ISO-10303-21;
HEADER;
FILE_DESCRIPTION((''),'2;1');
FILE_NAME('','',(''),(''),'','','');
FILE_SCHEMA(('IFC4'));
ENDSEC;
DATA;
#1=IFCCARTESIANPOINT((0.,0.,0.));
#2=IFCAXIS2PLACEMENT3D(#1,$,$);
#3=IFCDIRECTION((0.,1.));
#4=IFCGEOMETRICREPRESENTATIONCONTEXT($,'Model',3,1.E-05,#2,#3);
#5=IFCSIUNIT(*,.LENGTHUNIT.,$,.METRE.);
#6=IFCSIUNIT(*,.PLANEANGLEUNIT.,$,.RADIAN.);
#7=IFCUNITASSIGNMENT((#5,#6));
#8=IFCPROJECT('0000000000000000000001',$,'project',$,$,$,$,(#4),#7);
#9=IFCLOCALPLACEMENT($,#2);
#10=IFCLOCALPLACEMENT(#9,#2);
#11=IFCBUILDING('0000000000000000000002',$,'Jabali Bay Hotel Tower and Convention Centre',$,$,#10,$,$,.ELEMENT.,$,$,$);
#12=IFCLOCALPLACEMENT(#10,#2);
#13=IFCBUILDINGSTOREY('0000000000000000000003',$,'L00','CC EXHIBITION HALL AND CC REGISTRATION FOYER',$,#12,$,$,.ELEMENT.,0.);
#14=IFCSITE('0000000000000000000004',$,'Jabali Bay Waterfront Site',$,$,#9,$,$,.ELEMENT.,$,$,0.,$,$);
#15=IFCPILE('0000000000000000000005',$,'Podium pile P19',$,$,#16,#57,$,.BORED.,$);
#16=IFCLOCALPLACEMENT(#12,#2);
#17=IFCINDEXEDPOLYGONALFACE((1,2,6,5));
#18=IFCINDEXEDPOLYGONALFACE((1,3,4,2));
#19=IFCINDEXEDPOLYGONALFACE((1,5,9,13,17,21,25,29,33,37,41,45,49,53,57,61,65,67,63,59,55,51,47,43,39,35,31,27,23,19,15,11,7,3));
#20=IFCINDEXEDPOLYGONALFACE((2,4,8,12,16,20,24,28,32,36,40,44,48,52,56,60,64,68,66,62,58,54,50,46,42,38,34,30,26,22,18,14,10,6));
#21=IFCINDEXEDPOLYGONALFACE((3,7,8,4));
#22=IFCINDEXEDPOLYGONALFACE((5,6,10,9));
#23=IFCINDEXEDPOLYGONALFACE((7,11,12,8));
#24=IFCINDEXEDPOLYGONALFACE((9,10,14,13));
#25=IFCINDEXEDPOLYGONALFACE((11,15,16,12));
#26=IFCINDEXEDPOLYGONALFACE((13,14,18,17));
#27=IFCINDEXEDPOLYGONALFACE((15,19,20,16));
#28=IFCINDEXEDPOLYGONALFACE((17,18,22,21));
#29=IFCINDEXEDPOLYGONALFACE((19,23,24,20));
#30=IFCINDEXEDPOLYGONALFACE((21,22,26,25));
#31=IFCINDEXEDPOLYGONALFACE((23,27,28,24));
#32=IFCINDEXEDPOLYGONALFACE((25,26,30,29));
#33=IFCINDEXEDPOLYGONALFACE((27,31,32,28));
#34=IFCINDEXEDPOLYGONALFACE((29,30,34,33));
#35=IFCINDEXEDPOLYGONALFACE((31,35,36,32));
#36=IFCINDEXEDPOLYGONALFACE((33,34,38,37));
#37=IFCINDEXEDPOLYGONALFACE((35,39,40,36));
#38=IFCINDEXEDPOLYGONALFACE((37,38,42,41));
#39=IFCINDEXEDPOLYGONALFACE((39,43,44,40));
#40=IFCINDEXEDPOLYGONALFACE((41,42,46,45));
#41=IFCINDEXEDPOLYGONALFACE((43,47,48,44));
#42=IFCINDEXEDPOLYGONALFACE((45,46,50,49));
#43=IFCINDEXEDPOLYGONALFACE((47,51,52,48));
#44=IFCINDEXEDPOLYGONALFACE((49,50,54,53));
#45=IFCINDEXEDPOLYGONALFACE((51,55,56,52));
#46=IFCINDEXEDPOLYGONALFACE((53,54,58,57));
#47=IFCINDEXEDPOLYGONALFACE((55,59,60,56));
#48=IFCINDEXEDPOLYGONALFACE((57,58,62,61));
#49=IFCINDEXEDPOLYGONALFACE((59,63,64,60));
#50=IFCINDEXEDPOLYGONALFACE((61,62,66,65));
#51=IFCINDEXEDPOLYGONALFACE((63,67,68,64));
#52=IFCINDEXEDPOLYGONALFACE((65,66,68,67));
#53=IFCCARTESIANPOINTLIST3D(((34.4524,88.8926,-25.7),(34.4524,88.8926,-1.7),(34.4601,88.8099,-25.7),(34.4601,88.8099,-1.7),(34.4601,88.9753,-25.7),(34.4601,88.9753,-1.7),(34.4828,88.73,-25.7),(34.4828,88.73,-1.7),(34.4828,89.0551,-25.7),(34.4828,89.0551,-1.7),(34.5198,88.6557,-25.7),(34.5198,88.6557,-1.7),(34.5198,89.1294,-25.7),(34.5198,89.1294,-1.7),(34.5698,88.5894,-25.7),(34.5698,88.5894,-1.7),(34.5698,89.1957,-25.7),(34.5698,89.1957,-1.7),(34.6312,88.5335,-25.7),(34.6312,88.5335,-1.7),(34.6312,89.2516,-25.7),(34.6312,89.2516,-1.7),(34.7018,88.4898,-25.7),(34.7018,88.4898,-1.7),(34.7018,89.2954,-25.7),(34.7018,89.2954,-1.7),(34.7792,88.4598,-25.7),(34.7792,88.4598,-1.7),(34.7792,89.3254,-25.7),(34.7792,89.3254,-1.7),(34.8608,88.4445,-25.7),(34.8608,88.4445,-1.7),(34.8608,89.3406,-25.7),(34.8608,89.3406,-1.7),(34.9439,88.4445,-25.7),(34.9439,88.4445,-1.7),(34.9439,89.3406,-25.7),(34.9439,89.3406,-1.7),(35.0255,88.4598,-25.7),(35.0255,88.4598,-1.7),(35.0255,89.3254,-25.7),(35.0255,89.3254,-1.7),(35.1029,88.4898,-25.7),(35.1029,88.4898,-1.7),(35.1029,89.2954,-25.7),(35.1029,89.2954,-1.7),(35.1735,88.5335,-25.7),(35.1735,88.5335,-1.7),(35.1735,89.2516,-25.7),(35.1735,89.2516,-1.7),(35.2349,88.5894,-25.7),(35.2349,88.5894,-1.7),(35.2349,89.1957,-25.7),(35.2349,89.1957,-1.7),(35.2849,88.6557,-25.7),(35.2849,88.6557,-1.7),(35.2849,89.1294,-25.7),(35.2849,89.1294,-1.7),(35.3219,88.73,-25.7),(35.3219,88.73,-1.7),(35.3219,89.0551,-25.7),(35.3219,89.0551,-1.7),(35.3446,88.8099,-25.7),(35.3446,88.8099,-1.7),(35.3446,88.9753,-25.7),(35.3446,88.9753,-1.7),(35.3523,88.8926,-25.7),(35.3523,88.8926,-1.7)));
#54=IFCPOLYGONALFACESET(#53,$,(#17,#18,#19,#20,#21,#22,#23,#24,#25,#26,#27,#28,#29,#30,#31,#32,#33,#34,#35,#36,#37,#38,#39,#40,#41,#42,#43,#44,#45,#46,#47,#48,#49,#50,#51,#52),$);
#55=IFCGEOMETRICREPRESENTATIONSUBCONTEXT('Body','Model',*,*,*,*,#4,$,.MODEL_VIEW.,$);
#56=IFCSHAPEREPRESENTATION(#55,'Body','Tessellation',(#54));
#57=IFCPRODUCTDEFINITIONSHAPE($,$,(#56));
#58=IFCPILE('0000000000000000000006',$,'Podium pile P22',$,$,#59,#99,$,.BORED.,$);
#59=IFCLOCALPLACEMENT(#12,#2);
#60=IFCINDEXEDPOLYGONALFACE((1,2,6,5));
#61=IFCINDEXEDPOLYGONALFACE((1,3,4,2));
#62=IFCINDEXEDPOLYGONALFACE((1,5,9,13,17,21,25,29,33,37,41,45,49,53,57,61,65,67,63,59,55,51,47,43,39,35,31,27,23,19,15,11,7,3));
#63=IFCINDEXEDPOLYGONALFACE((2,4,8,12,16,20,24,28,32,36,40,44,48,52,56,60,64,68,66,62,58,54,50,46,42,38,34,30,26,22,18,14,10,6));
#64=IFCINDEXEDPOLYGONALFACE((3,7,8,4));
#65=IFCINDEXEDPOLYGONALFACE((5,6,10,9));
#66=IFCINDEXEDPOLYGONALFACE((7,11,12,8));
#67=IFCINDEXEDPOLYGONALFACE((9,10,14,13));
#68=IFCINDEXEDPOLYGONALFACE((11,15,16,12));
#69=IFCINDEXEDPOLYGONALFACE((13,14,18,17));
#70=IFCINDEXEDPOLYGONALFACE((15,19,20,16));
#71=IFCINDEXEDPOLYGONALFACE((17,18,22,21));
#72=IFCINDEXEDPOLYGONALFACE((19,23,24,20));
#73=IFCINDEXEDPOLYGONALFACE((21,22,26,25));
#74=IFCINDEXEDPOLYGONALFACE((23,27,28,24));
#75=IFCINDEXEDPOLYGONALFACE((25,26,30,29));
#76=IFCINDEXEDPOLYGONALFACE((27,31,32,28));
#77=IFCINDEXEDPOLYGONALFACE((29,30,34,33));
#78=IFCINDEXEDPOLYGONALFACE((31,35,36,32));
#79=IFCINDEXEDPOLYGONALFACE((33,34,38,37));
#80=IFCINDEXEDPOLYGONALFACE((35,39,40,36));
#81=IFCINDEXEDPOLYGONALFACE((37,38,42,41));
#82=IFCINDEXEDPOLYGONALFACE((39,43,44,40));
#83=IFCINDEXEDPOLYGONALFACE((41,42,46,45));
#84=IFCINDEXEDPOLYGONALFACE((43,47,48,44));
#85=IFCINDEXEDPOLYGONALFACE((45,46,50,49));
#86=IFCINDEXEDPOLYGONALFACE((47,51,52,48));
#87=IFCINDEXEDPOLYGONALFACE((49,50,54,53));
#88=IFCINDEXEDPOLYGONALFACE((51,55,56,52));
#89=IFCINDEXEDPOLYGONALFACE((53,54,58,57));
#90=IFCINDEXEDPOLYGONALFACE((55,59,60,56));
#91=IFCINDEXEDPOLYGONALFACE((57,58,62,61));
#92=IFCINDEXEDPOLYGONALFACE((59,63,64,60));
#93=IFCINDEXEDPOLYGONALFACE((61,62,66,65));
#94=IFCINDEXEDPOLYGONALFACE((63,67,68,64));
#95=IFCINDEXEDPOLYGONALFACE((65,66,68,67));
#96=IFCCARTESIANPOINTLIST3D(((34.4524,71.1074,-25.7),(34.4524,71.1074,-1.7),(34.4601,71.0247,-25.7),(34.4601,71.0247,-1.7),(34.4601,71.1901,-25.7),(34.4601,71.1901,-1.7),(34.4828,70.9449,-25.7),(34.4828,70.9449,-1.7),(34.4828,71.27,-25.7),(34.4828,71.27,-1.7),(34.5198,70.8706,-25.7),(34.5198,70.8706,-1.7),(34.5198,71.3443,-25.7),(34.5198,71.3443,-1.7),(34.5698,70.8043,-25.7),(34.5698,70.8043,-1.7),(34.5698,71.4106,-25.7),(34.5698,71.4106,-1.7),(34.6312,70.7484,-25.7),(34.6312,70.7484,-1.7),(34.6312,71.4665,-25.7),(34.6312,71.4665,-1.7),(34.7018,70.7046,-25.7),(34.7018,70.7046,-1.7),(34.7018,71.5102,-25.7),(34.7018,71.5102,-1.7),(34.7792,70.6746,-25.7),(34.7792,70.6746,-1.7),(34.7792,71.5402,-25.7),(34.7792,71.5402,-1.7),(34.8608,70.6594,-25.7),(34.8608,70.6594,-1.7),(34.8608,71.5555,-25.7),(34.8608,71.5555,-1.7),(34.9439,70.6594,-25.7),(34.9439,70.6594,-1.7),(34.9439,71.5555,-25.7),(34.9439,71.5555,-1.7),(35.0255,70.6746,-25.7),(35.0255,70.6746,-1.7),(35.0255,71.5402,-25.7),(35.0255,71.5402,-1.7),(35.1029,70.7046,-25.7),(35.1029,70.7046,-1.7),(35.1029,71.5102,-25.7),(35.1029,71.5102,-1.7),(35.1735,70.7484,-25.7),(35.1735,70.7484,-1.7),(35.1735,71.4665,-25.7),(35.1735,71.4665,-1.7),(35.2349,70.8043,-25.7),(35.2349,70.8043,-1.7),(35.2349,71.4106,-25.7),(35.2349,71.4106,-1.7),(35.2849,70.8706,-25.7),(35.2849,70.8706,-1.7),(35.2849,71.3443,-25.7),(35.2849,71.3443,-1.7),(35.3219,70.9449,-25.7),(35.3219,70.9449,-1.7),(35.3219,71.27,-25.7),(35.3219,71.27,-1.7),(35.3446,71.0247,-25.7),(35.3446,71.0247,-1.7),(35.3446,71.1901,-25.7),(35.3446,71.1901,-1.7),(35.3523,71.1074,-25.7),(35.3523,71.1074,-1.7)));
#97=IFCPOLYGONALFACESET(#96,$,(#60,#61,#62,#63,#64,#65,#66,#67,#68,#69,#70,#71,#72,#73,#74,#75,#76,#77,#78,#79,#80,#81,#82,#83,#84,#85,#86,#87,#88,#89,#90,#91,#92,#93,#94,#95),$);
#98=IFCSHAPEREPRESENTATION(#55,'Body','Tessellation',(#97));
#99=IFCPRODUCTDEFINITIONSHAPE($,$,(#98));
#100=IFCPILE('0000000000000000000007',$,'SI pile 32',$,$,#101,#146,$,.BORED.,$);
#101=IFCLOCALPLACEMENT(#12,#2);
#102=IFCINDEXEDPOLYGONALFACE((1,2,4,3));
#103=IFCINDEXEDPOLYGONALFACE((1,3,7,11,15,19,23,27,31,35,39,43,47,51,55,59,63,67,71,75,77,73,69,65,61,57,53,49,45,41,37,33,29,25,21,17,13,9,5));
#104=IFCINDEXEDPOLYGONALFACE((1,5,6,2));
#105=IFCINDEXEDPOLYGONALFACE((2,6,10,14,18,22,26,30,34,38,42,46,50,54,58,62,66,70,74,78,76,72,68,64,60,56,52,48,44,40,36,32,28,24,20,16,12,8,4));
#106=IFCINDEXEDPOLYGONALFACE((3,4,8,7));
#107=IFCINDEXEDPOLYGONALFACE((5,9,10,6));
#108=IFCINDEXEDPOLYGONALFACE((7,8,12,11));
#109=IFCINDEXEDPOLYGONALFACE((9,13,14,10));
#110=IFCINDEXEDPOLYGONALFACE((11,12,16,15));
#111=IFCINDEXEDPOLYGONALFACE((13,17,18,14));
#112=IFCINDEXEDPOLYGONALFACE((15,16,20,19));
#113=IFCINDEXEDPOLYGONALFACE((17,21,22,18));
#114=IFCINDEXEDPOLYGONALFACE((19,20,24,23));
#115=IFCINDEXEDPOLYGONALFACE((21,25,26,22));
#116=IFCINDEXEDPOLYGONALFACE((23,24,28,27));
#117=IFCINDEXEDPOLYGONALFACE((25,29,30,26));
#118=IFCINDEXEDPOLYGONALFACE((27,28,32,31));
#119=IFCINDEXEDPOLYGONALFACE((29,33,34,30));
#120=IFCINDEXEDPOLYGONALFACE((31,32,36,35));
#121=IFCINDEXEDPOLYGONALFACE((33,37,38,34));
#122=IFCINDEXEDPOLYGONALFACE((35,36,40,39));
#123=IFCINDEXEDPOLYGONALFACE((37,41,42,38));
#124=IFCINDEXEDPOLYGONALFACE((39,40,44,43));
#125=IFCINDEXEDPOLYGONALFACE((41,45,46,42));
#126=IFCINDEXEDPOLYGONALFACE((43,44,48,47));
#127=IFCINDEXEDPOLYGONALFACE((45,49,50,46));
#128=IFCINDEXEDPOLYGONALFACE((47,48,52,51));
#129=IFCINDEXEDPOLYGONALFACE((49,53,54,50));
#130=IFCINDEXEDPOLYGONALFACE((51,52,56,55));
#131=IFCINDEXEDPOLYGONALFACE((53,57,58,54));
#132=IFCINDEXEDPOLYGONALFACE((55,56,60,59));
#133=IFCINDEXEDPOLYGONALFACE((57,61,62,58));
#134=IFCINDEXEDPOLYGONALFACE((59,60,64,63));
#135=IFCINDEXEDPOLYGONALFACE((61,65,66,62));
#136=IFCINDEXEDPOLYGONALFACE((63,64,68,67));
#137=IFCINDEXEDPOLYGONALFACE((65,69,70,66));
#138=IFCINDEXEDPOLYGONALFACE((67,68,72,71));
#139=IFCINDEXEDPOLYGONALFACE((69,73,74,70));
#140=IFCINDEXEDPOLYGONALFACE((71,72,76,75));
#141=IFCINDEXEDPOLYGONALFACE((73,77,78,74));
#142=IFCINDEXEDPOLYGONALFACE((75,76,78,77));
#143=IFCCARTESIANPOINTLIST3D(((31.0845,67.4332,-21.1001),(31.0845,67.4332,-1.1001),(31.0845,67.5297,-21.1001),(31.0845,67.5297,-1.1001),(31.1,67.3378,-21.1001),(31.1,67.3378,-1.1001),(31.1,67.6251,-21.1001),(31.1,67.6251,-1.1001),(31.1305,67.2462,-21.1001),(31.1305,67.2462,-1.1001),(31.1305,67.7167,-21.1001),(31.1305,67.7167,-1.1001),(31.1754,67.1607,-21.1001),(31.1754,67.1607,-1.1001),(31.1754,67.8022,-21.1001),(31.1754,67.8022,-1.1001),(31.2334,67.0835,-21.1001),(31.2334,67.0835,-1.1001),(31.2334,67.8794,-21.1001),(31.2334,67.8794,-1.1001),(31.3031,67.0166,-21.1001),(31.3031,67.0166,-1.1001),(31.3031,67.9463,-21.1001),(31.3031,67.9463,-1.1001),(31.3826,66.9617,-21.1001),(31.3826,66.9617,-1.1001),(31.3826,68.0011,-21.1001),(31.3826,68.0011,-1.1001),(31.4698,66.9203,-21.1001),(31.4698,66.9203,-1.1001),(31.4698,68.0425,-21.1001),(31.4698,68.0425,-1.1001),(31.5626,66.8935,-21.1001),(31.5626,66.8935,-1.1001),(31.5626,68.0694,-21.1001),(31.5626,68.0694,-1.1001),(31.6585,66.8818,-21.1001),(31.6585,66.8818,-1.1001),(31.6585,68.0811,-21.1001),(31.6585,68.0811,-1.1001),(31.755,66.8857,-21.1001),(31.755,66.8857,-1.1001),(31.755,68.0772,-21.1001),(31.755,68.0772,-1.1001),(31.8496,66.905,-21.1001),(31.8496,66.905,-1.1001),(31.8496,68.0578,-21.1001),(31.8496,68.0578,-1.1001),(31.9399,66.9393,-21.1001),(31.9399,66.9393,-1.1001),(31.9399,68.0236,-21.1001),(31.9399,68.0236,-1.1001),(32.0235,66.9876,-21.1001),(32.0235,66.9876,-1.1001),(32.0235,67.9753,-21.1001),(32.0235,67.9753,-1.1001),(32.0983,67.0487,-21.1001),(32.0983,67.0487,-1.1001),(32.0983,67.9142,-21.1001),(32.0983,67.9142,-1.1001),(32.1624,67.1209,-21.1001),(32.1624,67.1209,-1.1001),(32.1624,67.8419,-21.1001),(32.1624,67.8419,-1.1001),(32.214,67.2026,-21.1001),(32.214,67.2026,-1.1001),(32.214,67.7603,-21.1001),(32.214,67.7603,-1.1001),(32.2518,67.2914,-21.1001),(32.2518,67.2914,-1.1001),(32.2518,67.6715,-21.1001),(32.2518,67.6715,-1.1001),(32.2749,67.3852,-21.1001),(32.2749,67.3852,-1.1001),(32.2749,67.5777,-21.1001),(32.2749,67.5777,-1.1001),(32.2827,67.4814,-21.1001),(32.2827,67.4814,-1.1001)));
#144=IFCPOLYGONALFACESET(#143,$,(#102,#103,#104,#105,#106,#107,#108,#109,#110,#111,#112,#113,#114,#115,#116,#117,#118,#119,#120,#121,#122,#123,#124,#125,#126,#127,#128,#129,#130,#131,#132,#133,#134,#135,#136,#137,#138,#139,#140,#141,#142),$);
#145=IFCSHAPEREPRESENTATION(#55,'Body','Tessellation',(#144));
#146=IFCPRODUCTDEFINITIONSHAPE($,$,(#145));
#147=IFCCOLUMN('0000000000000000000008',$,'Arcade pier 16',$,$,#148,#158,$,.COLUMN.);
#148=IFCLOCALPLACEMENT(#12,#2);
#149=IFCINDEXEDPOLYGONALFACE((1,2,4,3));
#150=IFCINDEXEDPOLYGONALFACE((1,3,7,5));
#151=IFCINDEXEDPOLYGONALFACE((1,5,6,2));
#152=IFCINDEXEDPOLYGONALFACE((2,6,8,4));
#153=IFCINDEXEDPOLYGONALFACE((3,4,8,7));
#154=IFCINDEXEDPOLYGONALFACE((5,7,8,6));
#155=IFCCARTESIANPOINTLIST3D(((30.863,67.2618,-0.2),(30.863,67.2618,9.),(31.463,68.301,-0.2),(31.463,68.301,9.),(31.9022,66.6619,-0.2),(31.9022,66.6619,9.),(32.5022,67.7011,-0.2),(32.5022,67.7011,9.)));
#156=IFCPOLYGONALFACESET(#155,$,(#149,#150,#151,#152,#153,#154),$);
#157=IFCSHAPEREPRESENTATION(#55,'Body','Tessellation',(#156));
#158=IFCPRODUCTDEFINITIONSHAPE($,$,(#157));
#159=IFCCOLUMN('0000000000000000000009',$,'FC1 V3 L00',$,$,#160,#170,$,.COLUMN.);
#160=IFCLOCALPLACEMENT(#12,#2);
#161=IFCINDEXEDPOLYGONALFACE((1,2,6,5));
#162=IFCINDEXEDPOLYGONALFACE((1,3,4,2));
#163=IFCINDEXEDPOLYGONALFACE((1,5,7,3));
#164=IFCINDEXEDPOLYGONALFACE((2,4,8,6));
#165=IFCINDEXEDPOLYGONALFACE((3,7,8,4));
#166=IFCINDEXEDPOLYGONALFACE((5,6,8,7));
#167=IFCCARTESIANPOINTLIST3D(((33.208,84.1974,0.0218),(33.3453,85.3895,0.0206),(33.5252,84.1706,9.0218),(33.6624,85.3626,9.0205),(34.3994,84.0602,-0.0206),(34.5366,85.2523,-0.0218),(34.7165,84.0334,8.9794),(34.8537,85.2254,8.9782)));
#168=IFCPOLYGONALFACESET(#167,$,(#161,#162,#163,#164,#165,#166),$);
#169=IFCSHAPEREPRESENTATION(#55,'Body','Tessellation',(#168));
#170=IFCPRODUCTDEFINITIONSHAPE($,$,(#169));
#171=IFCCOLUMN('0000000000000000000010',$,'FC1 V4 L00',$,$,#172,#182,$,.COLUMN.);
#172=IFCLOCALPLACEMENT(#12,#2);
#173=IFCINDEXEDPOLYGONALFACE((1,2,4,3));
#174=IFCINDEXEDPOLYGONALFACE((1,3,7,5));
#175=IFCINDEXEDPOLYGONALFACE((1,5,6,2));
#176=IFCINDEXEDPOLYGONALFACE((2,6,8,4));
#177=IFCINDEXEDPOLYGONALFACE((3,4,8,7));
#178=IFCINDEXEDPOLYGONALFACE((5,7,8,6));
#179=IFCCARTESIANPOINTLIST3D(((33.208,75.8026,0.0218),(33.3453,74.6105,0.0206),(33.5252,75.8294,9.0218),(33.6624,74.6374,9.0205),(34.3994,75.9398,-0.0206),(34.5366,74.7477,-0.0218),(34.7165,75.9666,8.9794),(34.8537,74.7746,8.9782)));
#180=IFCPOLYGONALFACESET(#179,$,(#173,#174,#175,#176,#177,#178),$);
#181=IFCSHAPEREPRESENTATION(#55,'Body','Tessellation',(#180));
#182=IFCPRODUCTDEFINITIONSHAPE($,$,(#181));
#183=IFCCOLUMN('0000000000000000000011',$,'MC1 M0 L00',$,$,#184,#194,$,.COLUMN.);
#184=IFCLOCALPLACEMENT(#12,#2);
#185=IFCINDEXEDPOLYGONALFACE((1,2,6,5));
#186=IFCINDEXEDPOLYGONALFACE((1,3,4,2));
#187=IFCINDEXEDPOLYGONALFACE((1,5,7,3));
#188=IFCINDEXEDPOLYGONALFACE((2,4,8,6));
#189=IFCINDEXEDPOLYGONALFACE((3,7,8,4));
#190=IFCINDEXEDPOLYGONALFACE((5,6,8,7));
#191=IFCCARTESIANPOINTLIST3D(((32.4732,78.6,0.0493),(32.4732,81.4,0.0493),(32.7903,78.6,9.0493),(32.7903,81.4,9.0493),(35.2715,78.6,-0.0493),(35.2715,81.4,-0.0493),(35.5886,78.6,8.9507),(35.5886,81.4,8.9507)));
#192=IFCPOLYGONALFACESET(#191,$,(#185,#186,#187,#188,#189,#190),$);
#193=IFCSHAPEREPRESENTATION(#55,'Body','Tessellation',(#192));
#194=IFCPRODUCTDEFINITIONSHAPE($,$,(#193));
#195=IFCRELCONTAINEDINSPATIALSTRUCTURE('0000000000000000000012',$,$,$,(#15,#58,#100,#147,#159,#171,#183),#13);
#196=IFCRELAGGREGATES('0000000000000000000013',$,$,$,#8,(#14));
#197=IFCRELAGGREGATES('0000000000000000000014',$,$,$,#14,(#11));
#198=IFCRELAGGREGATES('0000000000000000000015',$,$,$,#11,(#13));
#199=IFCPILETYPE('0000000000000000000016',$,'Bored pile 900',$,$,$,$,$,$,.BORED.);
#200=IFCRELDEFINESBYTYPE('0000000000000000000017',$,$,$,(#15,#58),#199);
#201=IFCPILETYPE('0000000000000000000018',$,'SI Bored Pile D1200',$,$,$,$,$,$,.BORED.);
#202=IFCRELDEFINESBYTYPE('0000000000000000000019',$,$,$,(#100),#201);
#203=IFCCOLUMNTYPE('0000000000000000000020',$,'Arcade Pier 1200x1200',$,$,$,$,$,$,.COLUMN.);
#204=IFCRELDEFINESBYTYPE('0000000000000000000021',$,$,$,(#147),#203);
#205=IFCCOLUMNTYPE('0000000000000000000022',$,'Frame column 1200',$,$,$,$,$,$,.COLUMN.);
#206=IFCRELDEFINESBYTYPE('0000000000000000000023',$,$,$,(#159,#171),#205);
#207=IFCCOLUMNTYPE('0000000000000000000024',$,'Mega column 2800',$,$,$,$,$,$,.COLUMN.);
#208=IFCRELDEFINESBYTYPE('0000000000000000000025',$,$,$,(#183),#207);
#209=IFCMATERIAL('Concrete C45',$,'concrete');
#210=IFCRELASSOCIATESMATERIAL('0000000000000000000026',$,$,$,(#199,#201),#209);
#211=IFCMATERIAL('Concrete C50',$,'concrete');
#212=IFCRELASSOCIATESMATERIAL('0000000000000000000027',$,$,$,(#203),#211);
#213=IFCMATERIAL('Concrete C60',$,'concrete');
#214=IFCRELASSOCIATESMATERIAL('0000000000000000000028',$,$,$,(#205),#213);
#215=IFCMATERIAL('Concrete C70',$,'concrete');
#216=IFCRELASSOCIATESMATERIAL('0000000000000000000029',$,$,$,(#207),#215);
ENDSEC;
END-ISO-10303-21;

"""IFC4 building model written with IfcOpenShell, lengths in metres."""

from ifc_helpers import new_model, si_unit, direction, frame, origin, origin_2d, place, context, subcontext, project, spatial, rectangle, circle, extrude, material, material_profile, profile_set, type_object, element, save


model = new_model("IFC4")

# Units and contexts
model_context = context("Model", 3, precision=1e-05, world=origin(), true_north=direction((0.0, 1.0)))
body_context = subcontext(model_context, "Body", "Model", "MODEL_VIEW")
ifc_project = project(units=[si_unit("LENGTHUNIT", "METRE"), si_unit("PLANEANGLEUNIT", "RADIAN")], contexts=[model_context])

# Site, building, storey
site_placement = place(None, origin())
site = spatial("IfcSite", under=ifc_project, at=site_placement, Name="Jabali Bay Waterfront Site", CompositionType="ELEMENT", RefElevation=0.0)
building_placement = place(site_placement, origin())
building = spatial("IfcBuilding", under=site, at=building_placement, Name="Jabali Bay Hotel Tower and Convention Centre", CompositionType="ELEMENT")
storey_placement = place(building_placement, origin())
storey = spatial("IfcBuildingStorey", under=building, at=storey_placement, Name="L00", Description="CC EXHIBITION HALL AND CC REGISTRATION FOYER", CompositionType="ELEMENT", Elevation=0.0)

# Piles
ifc_material_1 = material(Name="Concrete C45", Category="concrete")
ifc_material_profile_1 = material_profile(ifc_material_1, circle(Radius=0.45, at=origin_2d()), Name="Bored pile 900")
ifc_profile_set_1 = profile_set([ifc_material_profile_1], Name="Concrete C45")
pile_type_1 = type_object("IfcPileType", Name="Bored pile 900", PredefinedType="BORED", material=ifc_profile_set_1)
for number, where, z_axis, x_axis, name in (
    (1, (34.9023, 88.8926, -1.7), (0.0, 0.0, -1.0), (1.0, 0.0, 0.0), "Podium pile P19"),
    (2, (34.9023, 71.1074, -1.7), (0.0, 0.0, -1.0), (1.0, 0.0, 0.0), "Podium pile P22"),
):
    element("IfcPile", number, at=place(storey_placement, frame(where, z_axis=z_axis, x_axis=x_axis)), inside=storey, type_object=pile_type_1, Name=name, PredefinedType="BORED", context=body_context, shape_type="SweptSolid", body=[
        extrude(circle(Radius=0.45, at=origin_2d()), origin(), (0.0, 0.0, 1.0), 24.0),
    ])
ifc_material_profile_2 = material_profile(ifc_material_1, circle(Radius=0.6001, at=origin_2d()), Name="D1200")
ifc_profile_set_2 = profile_set([ifc_material_profile_2], Name="Concrete C45")
pile_type_2 = type_object("IfcPileType", Name="SI Bored Pile D1200", PredefinedType="BORED", material=ifc_profile_set_2)
pile_placement = place(storey_placement, frame((31.6826, 67.4814, -1.1001), z_axis=(0.0, 0.0, -1.0), x_axis=(1.0, 0.0, 0.0)))
element("IfcPile", 3, at=pile_placement, inside=storey, type_object=pile_type_2, Name="SI pile 32", PredefinedType="BORED", context=body_context, shape_type="SweptSolid", body=[
    extrude(circle(Radius=0.6001, at=origin_2d()), origin(), (0.0, 0.0, 1.0), 20.0),
])

# Columns
ifc_material_2 = material(Name="Concrete C50", Category="concrete")
ifc_material_profile_3 = material_profile(ifc_material_2, rectangle(XDim=1.2, YDim=1.2, at=origin_2d()), Name="RC 1200x1200")
ifc_profile_set_3 = profile_set([ifc_material_profile_3], Name="Concrete C50")
column_type_1 = type_object("IfcColumnType", Name="Arcade Pier 1200x1200", PredefinedType="COLUMN", material=ifc_profile_set_3)
column_1_placement = place(storey_placement, frame((31.6826, 67.4814, -0.2), z_axis=(0.0, 0.0, 1.0), x_axis=(0.866025, -0.5, 0.0)))
element("IfcColumn", 4, at=column_1_placement, inside=storey, type_object=column_type_1, Name="Arcade pier 16", PredefinedType="COLUMN", context=body_context, shape_type="SweptSolid", body=[
    extrude(rectangle(XDim=1.2, YDim=1.2, at=origin_2d()), origin(), (0.0, 0.0, 1.0), 9.2),
])
ifc_material_3 = material(Name="Concrete C60", Category="concrete")
ifc_material_profile_4 = material_profile(ifc_material_3, rectangle(XDim=1.2, YDim=1.2, at=origin_2d()), Name="Frame column 1200")
ifc_profile_set_4 = profile_set([ifc_material_profile_4], Name="Concrete C60")
column_type_2 = type_object("IfcColumnType", Name="Frame column 1200", PredefinedType="COLUMN", material=ifc_profile_set_4)
for number, where, z_axis, x_axis, name in (
    (5, (33.8723, 84.7249, 0.0), (0.035216, -0.002982, 0.999375), (-0.992815, 0.114329, 0.035326), "FC1 V3 L00"),
    (6, (33.8723, 75.2751, 0.0), (0.035216, 0.002982, 0.999375), (-0.114362, 0.993439, 0.001066), "FC1 V4 L00"),
):
    element("IfcColumn", number, at=place(storey_placement, frame(where, z_axis=z_axis, x_axis=x_axis)), inside=storey, type_object=column_type_2, Name=name, PredefinedType="COLUMN", context=body_context, shape_type="SweptSolid", body=[
        extrude(rectangle(XDim=1.2, YDim=1.2, at=origin_2d()), origin(), (0.0, 0.0, 1.0), 9.0056),
    ])
ifc_material_4 = material(Name="Concrete C70", Category="concrete")
ifc_material_profile_5 = material_profile(ifc_material_4, rectangle(XDim=2.8, YDim=2.8, at=origin_2d()), Name="Mega column 2800")
ifc_profile_set_5 = profile_set([ifc_material_profile_5], Name="Concrete C70")
column_type_3 = type_object("IfcColumnType", Name="Mega column 2800", PredefinedType="COLUMN", material=ifc_profile_set_5)
column_2_placement = place(storey_placement, frame((33.8723, 80.0, 0.0), z_axis=(0.035216, 0.0, 0.99938), x_axis=(0.0, 1.0, 0.0)))
element("IfcColumn", 7, at=column_2_placement, inside=storey, type_object=column_type_3, Name="MC1 M0 L00", PredefinedType="COLUMN", context=body_context, shape_type="SweptSolid", body=[
    extrude(rectangle(XDim=2.8, YDim=2.8, at=origin_2d()), origin(), (0.0, 0.0, 1.0), 9.0056),
])

save(model, "model.ifc")
